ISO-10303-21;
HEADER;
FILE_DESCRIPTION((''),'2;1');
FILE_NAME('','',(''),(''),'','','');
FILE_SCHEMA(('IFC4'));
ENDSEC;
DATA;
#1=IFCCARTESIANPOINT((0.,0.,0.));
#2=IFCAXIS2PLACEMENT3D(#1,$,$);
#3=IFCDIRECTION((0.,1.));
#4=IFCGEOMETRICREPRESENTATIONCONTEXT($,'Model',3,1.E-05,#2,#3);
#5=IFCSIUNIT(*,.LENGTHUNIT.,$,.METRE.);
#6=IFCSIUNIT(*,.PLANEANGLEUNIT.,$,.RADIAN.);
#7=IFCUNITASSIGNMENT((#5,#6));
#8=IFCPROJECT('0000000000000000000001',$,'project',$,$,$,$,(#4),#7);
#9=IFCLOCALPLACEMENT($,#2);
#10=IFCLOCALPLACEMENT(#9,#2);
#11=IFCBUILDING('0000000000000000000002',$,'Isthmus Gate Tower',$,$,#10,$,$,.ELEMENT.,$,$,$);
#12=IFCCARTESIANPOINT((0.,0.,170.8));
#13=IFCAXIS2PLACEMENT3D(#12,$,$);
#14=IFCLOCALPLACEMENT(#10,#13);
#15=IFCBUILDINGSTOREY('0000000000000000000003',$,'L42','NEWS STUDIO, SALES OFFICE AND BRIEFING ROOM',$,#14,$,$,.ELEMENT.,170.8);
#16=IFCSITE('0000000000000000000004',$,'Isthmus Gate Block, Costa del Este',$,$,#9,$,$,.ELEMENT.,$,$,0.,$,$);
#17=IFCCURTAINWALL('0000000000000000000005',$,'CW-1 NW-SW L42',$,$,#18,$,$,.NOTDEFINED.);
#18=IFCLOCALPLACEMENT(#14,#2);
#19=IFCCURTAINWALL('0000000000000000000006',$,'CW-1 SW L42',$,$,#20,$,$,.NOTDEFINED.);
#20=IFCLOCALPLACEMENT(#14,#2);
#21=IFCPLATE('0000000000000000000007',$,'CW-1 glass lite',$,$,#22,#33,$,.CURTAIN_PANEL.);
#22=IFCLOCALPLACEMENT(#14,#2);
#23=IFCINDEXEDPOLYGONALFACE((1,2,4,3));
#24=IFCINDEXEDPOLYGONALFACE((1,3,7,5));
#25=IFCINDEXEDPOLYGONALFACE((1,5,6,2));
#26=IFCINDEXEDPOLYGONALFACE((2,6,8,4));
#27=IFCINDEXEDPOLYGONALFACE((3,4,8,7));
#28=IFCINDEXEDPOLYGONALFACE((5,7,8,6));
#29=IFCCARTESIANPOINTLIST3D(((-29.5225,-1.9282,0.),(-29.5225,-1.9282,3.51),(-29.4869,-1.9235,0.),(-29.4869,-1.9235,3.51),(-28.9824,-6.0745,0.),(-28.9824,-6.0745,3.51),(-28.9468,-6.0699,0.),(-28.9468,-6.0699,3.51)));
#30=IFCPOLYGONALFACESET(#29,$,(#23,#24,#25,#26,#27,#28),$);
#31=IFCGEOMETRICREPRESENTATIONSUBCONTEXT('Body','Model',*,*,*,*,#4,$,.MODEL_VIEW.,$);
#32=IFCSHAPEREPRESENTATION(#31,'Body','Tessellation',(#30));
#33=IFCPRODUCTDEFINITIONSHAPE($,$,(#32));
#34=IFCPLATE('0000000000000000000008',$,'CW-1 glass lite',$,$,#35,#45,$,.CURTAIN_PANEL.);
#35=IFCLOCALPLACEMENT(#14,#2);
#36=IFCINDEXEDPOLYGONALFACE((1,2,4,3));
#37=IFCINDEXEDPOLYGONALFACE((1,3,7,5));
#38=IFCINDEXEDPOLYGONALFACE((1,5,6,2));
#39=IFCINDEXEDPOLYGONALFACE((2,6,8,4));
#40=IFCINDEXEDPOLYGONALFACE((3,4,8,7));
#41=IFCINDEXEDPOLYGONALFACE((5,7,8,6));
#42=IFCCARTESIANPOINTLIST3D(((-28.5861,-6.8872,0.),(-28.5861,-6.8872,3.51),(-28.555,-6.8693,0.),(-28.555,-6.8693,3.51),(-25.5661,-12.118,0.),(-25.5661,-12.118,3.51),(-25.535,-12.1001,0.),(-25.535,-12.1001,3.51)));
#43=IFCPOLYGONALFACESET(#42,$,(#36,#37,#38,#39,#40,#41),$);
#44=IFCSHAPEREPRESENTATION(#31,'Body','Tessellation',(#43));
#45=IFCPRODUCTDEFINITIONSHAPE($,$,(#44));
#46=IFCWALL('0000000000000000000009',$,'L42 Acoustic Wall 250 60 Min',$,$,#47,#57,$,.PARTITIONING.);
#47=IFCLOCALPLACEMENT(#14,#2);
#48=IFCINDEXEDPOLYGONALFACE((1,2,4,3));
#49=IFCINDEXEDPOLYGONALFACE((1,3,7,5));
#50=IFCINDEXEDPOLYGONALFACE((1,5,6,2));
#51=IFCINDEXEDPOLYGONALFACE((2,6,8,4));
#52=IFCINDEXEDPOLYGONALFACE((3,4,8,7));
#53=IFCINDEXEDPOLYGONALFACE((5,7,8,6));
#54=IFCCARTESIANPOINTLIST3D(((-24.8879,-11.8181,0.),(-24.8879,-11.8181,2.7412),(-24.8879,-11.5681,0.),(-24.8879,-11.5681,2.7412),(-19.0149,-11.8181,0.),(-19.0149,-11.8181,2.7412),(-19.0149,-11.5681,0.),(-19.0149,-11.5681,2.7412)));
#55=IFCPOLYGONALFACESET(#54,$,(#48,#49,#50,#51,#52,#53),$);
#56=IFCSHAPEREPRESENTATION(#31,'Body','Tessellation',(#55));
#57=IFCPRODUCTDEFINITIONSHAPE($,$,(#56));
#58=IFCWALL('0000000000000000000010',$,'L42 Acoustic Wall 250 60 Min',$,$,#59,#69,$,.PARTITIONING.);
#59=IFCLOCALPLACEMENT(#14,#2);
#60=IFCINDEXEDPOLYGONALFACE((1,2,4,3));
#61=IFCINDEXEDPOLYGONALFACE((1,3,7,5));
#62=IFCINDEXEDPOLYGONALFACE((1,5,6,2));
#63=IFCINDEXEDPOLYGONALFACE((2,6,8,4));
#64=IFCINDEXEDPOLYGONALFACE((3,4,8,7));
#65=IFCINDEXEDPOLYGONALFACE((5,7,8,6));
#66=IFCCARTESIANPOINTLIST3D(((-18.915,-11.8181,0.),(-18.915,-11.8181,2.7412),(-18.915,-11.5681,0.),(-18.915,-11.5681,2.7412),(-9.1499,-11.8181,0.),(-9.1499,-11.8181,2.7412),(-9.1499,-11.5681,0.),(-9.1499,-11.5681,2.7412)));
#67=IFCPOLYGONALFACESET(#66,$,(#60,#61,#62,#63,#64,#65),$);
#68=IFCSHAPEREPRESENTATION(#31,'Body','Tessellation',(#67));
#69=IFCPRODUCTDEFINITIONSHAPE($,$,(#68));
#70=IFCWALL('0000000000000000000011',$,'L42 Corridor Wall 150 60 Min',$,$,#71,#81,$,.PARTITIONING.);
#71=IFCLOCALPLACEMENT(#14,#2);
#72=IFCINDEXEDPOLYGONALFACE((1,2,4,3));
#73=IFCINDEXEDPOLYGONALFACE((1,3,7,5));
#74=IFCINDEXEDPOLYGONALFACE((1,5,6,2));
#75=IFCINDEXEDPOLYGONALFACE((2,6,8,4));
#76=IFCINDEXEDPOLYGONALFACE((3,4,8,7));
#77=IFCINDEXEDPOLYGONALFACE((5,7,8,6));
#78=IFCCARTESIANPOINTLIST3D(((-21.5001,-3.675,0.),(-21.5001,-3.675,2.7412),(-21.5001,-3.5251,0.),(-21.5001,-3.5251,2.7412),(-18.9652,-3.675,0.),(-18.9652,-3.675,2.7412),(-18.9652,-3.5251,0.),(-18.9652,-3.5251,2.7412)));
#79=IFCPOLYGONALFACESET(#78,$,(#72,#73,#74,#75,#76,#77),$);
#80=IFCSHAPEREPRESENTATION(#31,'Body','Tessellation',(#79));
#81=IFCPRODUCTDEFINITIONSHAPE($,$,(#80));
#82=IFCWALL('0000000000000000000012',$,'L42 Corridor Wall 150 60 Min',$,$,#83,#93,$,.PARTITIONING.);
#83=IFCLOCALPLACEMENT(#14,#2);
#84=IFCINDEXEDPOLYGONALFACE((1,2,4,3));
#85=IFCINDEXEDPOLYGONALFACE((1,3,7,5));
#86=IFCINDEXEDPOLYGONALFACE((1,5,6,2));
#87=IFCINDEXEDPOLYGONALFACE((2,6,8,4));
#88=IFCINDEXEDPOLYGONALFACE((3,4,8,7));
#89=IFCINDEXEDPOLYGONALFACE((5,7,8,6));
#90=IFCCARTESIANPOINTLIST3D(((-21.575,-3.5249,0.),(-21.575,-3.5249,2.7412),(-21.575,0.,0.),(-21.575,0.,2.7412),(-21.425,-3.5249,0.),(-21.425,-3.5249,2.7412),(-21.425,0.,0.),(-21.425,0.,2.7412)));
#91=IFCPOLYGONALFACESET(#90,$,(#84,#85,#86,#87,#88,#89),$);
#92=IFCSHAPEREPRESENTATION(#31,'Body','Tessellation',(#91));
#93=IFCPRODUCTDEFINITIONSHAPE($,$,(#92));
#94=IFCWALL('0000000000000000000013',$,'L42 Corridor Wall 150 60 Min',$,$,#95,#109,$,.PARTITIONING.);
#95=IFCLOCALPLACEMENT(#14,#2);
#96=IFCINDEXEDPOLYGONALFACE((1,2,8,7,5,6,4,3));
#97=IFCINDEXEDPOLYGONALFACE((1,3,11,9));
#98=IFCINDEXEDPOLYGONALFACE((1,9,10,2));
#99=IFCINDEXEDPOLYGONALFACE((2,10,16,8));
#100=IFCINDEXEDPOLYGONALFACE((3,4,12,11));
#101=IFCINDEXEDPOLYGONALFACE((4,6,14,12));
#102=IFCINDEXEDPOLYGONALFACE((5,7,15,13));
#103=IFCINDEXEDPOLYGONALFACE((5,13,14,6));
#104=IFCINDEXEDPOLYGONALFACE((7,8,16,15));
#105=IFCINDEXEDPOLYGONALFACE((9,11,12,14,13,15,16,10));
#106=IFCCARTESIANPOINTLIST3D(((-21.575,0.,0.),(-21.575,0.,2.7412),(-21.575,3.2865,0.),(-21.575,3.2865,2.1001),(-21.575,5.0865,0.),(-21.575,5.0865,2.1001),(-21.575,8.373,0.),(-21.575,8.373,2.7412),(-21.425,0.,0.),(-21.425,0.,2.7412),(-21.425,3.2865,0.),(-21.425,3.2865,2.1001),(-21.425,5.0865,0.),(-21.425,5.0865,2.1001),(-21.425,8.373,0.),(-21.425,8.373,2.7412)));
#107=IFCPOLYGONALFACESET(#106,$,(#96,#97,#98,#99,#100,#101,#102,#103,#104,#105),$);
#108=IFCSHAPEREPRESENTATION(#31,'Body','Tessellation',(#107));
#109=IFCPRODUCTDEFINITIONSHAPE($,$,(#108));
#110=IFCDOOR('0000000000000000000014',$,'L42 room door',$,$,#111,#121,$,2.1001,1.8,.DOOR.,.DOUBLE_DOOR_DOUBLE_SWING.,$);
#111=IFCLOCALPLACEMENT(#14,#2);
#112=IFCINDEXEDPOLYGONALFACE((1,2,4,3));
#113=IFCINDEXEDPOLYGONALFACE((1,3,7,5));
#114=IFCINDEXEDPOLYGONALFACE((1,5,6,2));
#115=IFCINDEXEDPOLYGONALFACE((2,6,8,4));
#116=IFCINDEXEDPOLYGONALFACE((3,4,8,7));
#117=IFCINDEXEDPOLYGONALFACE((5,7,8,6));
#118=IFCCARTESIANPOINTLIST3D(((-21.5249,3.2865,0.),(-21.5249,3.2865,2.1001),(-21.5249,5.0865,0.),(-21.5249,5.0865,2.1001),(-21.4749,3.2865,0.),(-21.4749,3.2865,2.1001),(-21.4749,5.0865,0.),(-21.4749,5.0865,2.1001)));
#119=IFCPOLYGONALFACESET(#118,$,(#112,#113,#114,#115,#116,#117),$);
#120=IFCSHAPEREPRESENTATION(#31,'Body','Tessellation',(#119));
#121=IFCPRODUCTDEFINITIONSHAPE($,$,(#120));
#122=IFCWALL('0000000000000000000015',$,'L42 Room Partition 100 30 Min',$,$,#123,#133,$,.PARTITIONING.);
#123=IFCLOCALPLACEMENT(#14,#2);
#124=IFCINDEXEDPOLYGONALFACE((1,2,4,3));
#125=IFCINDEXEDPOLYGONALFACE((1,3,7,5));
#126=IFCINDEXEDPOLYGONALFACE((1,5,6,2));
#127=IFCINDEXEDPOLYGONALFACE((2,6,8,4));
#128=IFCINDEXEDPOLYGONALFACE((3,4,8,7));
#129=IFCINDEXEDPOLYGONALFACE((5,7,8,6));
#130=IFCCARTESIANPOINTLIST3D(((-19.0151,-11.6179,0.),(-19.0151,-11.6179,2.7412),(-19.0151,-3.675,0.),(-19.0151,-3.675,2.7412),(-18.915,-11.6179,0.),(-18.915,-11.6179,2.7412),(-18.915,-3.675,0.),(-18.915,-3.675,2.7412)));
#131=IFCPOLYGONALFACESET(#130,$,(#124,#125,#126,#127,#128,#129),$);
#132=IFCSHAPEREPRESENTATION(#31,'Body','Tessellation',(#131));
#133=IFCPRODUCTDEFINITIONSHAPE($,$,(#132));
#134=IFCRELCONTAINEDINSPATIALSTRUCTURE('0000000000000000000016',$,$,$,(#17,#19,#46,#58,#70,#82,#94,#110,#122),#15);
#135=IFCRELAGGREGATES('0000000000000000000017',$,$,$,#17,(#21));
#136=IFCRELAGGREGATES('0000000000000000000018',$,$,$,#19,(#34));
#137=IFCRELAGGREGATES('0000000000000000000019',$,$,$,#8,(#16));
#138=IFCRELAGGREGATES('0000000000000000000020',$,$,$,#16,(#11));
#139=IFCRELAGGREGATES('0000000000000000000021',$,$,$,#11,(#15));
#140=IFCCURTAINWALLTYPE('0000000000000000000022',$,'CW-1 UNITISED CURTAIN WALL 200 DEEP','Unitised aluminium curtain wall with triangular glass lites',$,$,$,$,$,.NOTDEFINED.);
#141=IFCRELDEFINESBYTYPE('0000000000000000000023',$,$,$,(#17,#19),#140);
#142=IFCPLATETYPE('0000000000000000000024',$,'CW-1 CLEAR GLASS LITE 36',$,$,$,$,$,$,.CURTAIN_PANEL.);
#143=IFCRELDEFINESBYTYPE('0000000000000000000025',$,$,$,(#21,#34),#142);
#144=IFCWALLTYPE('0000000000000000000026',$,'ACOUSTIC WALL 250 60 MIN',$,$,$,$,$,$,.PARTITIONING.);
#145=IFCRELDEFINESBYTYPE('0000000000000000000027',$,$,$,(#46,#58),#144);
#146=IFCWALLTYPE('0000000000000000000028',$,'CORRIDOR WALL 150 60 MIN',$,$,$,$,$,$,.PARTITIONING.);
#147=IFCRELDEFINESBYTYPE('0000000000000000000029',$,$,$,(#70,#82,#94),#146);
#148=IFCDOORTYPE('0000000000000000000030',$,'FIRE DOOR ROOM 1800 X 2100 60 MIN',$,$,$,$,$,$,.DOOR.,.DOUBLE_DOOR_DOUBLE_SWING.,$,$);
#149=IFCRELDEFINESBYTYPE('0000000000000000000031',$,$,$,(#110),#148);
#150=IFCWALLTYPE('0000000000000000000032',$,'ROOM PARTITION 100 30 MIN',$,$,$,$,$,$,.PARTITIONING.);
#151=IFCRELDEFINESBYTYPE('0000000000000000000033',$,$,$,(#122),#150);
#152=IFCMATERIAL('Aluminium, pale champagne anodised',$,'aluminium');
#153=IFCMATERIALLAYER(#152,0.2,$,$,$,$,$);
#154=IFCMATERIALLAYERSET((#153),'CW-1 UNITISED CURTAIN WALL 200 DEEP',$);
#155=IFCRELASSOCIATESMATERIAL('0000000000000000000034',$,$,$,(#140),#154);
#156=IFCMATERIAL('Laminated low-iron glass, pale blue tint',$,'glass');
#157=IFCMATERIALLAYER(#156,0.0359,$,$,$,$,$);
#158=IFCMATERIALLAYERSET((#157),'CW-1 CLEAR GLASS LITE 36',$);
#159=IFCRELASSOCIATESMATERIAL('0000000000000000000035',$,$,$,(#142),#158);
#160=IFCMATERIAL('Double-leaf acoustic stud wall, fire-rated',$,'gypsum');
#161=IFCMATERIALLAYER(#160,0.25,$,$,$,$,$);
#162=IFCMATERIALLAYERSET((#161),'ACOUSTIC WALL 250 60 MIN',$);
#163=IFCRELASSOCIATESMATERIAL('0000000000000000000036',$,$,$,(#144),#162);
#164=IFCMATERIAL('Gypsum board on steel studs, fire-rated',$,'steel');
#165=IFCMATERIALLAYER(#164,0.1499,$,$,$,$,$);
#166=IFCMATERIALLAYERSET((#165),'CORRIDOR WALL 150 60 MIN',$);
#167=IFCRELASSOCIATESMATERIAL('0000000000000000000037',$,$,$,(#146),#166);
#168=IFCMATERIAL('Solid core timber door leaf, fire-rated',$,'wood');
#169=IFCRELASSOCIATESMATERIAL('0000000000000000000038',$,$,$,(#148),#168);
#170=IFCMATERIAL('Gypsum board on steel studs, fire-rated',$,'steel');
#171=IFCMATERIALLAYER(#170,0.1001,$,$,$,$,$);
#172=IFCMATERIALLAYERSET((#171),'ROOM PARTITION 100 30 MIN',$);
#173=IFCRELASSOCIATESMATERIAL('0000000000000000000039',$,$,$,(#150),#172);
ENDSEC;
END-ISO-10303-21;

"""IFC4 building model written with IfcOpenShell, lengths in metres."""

from ifc_helpers import new_model, si_unit, direction, frame, frame_2d, origin, origin_2d, place, context, subcontext, project, spatial, rectangle, extrude, material, layer, layer_set, type_object, element, fill, aggregate, save


model = new_model("IFC4")

# Units and contexts
model_context = context("Model", 3, precision=1e-05, world=origin(), true_north=direction((0.0, 1.0)))
body_context = subcontext(model_context, "Body", "Model", "MODEL_VIEW")
ifc_project = project(units=[si_unit("LENGTHUNIT", "METRE"), si_unit("PLANEANGLEUNIT", "RADIAN")], contexts=[model_context])

# Site, building, storey
site_placement = place(None, origin())
site = spatial("IfcSite", under=ifc_project, at=site_placement, Name="Isthmus Gate Block, Costa del Este", CompositionType="ELEMENT", RefElevation=0.0)
building_placement = place(site_placement, origin())
building = spatial("IfcBuilding", under=site, at=building_placement, Name="Isthmus Gate Tower", CompositionType="ELEMENT")
storey_placement = place(building_placement, frame((0.0, 0.0, 170.8)))
storey = spatial("IfcBuildingStorey", under=building, at=storey_placement, Name="L42", Description="NEWS STUDIO, SALES OFFICE AND BRIEFING ROOM", CompositionType="ELEMENT", Elevation=170.8)

# Curtain walls
ifc_material_1 = material(Name="Aluminium, pale champagne anodised", Category="aluminium")
ifc_layer_1 = layer(ifc_material_1, 0.2)
ifc_layer_set_1 = layer_set([ifc_layer_1], Name="CW-1 UNITISED CURTAIN WALL 200 DEEP")
curtain_wall_type = type_object("IfcCurtainWallType", Name="CW-1 UNITISED CURTAIN WALL 200 DEEP", Description="Unitised aluminium curtain wall with triangular glass lites", PredefinedType="NOTDEFINED", material=ifc_layer_set_1)
curtain_wall_1_placement = place(storey_placement, origin())
curtain_wall_1 = element("IfcCurtainWall", 1, at=curtain_wall_1_placement, inside=storey, type_object=curtain_wall_type, Name="CW-1 NW-SW L42", PredefinedType="NOTDEFINED")
curtain_wall_2_placement = place(storey_placement, origin())
curtain_wall_2 = element("IfcCurtainWall", 2, at=curtain_wall_2_placement, inside=storey, type_object=curtain_wall_type, Name="CW-1 SW L42", PredefinedType="NOTDEFINED")

# Shared definitions
ifc_material_2 = material(Name="Laminated low-iron glass, pale blue tint", Category="glass")
ifc_layer_2 = layer(ifc_material_2, 0.0359)
ifc_layer_set_2 = layer_set([ifc_layer_2], Name="CW-1 CLEAR GLASS LITE 36")
plate_type = type_object("IfcPlateType", Name="CW-1 CLEAR GLASS LITE 36", PredefinedType="CURTAIN_PANEL", material=ifc_layer_set_2)

# Plates
plate_1_placement = place(storey_placement, frame((-29.2346, -3.999, 0.0), z_axis=(0.0, 0.0, 1.0), x_axis=(0.129165, -0.991623, 0.0)))
plate_1 = element("IfcPlate", 3, at=plate_1_placement, type_object=plate_type, Name="CW-1 glass lite", PredefinedType="CURTAIN_PANEL", context=body_context, shape_type="SweptSolid", body=[
    extrude(rectangle(XDim=4.1814, YDim=0.0359, at=origin_2d()), origin(), (0.0, 0.0, 1.0), 3.51),
])
aggregate(curtain_wall_1, [plate_1])
plate_2_placement = place(storey_placement, frame((-27.0605, -9.4937, 0.0), z_axis=(0.0, 0.0, 1.0), x_axis=(0.5, -0.866025, 0.0)))
plate_2 = element("IfcPlate", 4, at=plate_2_placement, type_object=plate_type, Name="CW-1 glass lite", PredefinedType="CURTAIN_PANEL", context=body_context, shape_type="SweptSolid", body=[
    extrude(rectangle(XDim=6.04, YDim=0.0359, at=origin_2d()), origin(), (0.0, 0.0, 1.0), 3.51),
])
aggregate(curtain_wall_2, [plate_2])

# Walls
ifc_material_3 = material(Name="Double-leaf acoustic stud wall, fire-rated", Category="gypsum")
ifc_layer_3 = layer(ifc_material_3, 0.25)
ifc_layer_set_3 = layer_set([ifc_layer_3], Name="ACOUSTIC WALL 250 60 MIN")
wall_type_1 = type_object("IfcWallType", Name="ACOUSTIC WALL 250 60 MIN", PredefinedType="PARTITIONING", material=ifc_layer_set_3)
wall_1_placement = place(storey_placement, frame((-24.8879, -11.6931, 0.0), z_axis=(0.0, 0.0, 1.0), x_axis=(1.0, 0.0, 0.0)))
element("IfcWall", 5, at=wall_1_placement, inside=storey, type_object=wall_type_1, Name="L42 Acoustic Wall 250 60 Min", PredefinedType="PARTITIONING", context=body_context, shape_type="SweptSolid", body=[
    extrude(rectangle(XDim=5.873, YDim=0.25, at=frame_2d((2.9365, 0.0))), origin(), (0.0, 0.0, 1.0), 2.7412),
])
wall_2_placement = place(storey_placement, frame((-18.915, -11.6931, 0.0), z_axis=(0.0, 0.0, 1.0), x_axis=(1.0, 0.0, 0.0)))
element("IfcWall", 6, at=wall_2_placement, inside=storey, type_object=wall_type_1, Name="L42 Acoustic Wall 250 60 Min", PredefinedType="PARTITIONING", context=body_context, shape_type="SweptSolid", body=[
    extrude(rectangle(XDim=9.7651, YDim=0.25, at=frame_2d((4.8826, 0.0))), origin(), (0.0, 0.0, 1.0), 2.7412),
])
ifc_material_4 = material(Name="Gypsum board on steel studs, fire-rated", Category="steel")
ifc_layer_4 = layer(ifc_material_4, 0.1499)
ifc_layer_set_4 = layer_set([ifc_layer_4], Name="CORRIDOR WALL 150 60 MIN")
wall_type_2 = type_object("IfcWallType", Name="CORRIDOR WALL 150 60 MIN", PredefinedType="PARTITIONING", material=ifc_layer_set_4)
wall_3_placement = place(storey_placement, frame((-18.9651, -3.6001, 0.0), z_axis=(0.0, 0.0, 1.0), x_axis=(-1.0, 0.0, 0.0)))
element("IfcWall", 7, at=wall_3_placement, inside=storey, type_object=wall_type_2, Name="L42 Corridor Wall 150 60 Min", PredefinedType="PARTITIONING", context=body_context, shape_type="SweptSolid", body=[
    extrude(rectangle(XDim=2.5349, YDim=0.1499, at=frame_2d((1.2676, 0.0))), origin(), (0.0, 0.0, 1.0), 2.7412),
])
wall_4_placement = place(storey_placement, frame((-21.5, -3.5249, 0.0), z_axis=(0.0, 0.0, 1.0), x_axis=(0.0, 1.0, 0.0)))
element("IfcWall", 8, at=wall_4_placement, inside=storey, type_object=wall_type_2, Name="L42 Corridor Wall 150 60 Min", PredefinedType="PARTITIONING", context=body_context, shape_type="SweptSolid", body=[
    extrude(rectangle(XDim=3.5249, YDim=0.1499, at=frame_2d((1.7625, 0.0))), origin(), (0.0, 0.0, 1.0), 2.7412),
])

# Wall, opening, door
wall_5_placement = place(storey_placement, frame((-21.5, 0.0, 0.0), z_axis=(0.0, 0.0, 1.0), x_axis=(0.0, 1.0, 0.0)))
wall_5 = element("IfcWall", 9, at=wall_5_placement, inside=storey, type_object=wall_type_2, Name="L42 Corridor Wall 150 60 Min", PredefinedType="PARTITIONING", context=body_context, shape_type="SweptSolid", body=[
    extrude(rectangle(XDim=8.373, YDim=0.1499, at=frame_2d((4.1865, 0.0))), origin(), (0.0, 0.0, 1.0), 2.7412),
])
opening_placement = place(wall_5_placement, frame((3.2866, 0.0, 0.0)))
opening = element("IfcOpeningElement", 10, at=opening_placement, cuts=wall_5, PredefinedType="OPENING", context=body_context, shape_type="SweptSolid", body=[
    extrude(rectangle(XDim=1.8, YDim=2.1001, at=frame_2d((0.8999, 1.05))), frame((0.0, 0.085, 0.0), z_axis=(0.0, -1.0, 0.0), x_axis=(1.0, 0.0, 0.0)), (0.0, 0.0, 1.0), 0.1699),
])
ifc_material_5 = material(Name="Solid core timber door leaf, fire-rated", Category="wood")
door_type = type_object("IfcDoorType", Name="FIRE DOOR ROOM 1800 X 2100 60 MIN", OperationType="DOUBLE_DOOR_DOUBLE_SWING", PredefinedType="DOOR", material=ifc_material_5)
door_placement = place(opening_placement, origin())
door = element("IfcDoor", 11, at=door_placement, inside=storey, type_object=door_type, Name="L42 room door", OperationType="DOUBLE_DOOR_DOUBLE_SWING", OverallHeight=2.1001, OverallWidth=1.8, PredefinedType="DOOR", context=body_context, shape_type="SweptSolid", body=[
    extrude(rectangle(XDim=1.8, YDim=2.1001, at=frame_2d((0.8999, 1.05))), frame((0.0, 0.0249, 0.0), z_axis=(0.0, -1.0, 0.0), x_axis=(1.0, 0.0, 0.0)), (0.0, 0.0, 1.0), 0.05),
])
fill(opening, door)

# Wall
ifc_material_6 = material(Name="Gypsum board on steel studs, fire-rated", Category="steel")
ifc_layer_5 = layer(ifc_material_6, 0.1001)
ifc_layer_set_5 = layer_set([ifc_layer_5], Name="ROOM PARTITION 100 30 MIN")
wall_type_3 = type_object("IfcWallType", Name="ROOM PARTITION 100 30 MIN", PredefinedType="PARTITIONING", material=ifc_layer_set_5)
wall_6_placement = place(storey_placement, frame((-18.9651, -11.6179, 0.0), z_axis=(0.0, 0.0, 1.0), x_axis=(0.0, 1.0, 0.0)))
element("IfcWall", 12, at=wall_6_placement, inside=storey, type_object=wall_type_3, Name="L42 Room Partition 100 30 Min", PredefinedType="PARTITIONING", context=body_context, shape_type="SweptSolid", body=[
    extrude(rectangle(XDim=7.9429, YDim=0.1001, at=frame_2d((3.9714, 0.0))), origin(), (0.0, 0.0, 1.0), 2.7412),
])

save(model, "model.ifc")
